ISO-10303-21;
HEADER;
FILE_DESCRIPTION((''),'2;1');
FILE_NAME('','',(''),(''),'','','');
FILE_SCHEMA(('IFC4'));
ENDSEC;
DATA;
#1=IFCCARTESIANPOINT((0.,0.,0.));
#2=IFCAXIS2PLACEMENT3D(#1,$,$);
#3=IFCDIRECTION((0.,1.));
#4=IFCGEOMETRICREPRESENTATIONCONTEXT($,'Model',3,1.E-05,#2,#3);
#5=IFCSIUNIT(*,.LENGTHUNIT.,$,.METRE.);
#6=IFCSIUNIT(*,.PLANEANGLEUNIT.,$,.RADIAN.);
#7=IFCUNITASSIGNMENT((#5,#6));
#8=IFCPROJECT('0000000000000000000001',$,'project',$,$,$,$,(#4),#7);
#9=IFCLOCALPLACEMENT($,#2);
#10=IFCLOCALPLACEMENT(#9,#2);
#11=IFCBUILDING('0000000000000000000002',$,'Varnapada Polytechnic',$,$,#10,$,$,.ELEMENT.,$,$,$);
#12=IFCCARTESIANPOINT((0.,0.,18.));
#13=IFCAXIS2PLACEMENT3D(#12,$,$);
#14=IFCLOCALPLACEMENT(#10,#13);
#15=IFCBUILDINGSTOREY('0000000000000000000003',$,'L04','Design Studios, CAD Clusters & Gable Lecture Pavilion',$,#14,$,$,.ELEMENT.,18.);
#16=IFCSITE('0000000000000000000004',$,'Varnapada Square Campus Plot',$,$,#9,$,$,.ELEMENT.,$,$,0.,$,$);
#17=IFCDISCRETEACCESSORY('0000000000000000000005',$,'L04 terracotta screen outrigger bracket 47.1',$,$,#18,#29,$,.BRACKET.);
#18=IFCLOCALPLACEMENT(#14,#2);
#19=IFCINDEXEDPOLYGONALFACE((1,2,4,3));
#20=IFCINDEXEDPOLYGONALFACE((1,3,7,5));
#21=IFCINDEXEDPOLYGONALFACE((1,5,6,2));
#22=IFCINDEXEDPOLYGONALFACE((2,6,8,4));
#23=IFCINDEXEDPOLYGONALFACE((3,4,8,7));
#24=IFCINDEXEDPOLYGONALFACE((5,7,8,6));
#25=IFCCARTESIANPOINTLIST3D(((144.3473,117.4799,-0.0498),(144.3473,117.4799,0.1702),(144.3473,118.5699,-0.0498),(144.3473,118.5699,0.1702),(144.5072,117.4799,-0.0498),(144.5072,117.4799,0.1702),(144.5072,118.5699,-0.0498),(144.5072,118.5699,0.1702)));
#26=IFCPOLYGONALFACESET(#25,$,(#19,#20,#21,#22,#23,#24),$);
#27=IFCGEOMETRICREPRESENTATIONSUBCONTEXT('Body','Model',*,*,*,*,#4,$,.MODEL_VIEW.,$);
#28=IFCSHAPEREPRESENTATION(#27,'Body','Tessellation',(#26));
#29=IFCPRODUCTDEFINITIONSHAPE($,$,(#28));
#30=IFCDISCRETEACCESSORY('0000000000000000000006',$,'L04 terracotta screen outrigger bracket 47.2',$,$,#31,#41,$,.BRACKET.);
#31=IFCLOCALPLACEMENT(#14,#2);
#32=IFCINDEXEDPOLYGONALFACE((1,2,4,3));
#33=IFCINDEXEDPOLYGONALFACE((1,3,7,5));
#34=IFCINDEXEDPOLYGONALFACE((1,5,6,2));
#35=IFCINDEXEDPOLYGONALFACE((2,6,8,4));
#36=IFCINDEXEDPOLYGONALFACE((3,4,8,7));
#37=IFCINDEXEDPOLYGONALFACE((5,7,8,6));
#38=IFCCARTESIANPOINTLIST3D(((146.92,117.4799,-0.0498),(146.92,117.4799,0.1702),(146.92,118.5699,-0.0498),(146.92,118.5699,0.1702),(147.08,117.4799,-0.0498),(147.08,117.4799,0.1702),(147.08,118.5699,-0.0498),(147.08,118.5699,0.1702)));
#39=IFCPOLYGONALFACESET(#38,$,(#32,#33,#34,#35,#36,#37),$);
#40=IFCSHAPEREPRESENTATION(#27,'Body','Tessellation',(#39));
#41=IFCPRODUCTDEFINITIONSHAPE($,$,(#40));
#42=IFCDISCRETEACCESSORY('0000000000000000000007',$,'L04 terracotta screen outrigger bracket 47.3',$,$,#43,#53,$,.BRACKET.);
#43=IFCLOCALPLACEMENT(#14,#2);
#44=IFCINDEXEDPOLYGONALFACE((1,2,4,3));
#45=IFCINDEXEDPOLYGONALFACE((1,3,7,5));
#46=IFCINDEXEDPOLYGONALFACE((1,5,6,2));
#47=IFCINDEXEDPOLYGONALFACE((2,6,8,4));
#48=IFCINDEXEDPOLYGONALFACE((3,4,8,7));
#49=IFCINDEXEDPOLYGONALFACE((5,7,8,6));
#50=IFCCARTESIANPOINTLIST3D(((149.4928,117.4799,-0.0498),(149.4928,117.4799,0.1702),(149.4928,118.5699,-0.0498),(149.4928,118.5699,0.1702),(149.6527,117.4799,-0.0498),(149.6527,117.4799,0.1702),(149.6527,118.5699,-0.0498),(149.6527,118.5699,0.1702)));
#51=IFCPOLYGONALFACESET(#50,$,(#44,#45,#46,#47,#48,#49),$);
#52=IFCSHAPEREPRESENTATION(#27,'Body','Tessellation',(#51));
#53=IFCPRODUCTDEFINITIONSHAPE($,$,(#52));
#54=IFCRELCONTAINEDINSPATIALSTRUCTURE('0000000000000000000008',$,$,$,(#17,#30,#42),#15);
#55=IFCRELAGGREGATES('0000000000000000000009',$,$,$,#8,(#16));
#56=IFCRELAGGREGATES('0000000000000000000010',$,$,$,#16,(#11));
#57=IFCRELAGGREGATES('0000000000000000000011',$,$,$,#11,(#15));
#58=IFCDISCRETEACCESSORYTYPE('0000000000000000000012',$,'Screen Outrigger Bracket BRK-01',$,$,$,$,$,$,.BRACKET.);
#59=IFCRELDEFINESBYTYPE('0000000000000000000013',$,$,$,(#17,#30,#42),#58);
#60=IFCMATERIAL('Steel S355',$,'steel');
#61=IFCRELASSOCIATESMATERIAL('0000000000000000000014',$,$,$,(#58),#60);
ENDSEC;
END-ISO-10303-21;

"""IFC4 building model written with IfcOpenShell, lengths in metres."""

from ifc_helpers import new_model, si_unit, direction, frame, origin, origin_2d, place, context, subcontext, project, spatial, rectangle, extrude, material, type_object, element, save


model = new_model("IFC4")

# Units and contexts
model_context = context("Model", 3, precision=1e-05, world=origin(), true_north=direction((0.0, 1.0)))
body_context = subcontext(model_context, "Body", "Model", "MODEL_VIEW")
ifc_project = project(units=[si_unit("LENGTHUNIT", "METRE"), si_unit("PLANEANGLEUNIT", "RADIAN")], contexts=[model_context])

# Site, building, storey
site_placement = place(None, origin())
site = spatial("IfcSite", under=ifc_project, at=site_placement, Name="Varnapada Square Campus Plot", CompositionType="ELEMENT", RefElevation=0.0)
building_placement = place(site_placement, origin())
building = spatial("IfcBuilding", under=site, at=building_placement, Name="Varnapada Polytechnic", CompositionType="ELEMENT")
storey_placement = place(building_placement, frame((0.0, 0.0, 18.0)))
storey = spatial("IfcBuildingStorey", under=building, at=storey_placement, Name="L04", Description="Design Studios, CAD Clusters & Gable Lecture Pavilion", CompositionType="ELEMENT", Elevation=18.0)

# Discrete accessories
ifc_material_1 = material(Name="Steel S355", Category="steel")
discrete_accessory_type = type_object("IfcDiscreteAccessoryType", Name="Screen Outrigger Bracket BRK-01", PredefinedType="BRACKET", material=ifc_material_1)
for number, where, z_axis, x_axis, name in (
    (1, (144.4272, 118.0249, -0.0498), (0.0, 0.0, 1.0), (1.0, 0.0, 0.0), "L04 terracotta screen outrigger bracket 47.1"),
    (2, (147.0, 118.0249, -0.0498), (0.0, 0.0, 1.0), (1.0, 0.0, 0.0), "L04 terracotta screen outrigger bracket 47.2"),
    (3, (149.5728, 118.0249, -0.0498), (0.0, 0.0, 1.0), (1.0, 0.0, 0.0), "L04 terracotta screen outrigger bracket 47.3"),
):
    element("IfcDiscreteAccessory", number, at=place(storey_placement, frame(where, z_axis=z_axis, x_axis=x_axis)), inside=storey, type_object=discrete_accessory_type, Name=name, PredefinedType="BRACKET", context=body_context, shape_type="SweptSolid", body=[
        extrude(rectangle(XDim=0.1599, YDim=1.0901, at=origin_2d()), origin(), (0.0, 0.0, 1.0), 0.22),
    ])

save(model, "model.ifc")
